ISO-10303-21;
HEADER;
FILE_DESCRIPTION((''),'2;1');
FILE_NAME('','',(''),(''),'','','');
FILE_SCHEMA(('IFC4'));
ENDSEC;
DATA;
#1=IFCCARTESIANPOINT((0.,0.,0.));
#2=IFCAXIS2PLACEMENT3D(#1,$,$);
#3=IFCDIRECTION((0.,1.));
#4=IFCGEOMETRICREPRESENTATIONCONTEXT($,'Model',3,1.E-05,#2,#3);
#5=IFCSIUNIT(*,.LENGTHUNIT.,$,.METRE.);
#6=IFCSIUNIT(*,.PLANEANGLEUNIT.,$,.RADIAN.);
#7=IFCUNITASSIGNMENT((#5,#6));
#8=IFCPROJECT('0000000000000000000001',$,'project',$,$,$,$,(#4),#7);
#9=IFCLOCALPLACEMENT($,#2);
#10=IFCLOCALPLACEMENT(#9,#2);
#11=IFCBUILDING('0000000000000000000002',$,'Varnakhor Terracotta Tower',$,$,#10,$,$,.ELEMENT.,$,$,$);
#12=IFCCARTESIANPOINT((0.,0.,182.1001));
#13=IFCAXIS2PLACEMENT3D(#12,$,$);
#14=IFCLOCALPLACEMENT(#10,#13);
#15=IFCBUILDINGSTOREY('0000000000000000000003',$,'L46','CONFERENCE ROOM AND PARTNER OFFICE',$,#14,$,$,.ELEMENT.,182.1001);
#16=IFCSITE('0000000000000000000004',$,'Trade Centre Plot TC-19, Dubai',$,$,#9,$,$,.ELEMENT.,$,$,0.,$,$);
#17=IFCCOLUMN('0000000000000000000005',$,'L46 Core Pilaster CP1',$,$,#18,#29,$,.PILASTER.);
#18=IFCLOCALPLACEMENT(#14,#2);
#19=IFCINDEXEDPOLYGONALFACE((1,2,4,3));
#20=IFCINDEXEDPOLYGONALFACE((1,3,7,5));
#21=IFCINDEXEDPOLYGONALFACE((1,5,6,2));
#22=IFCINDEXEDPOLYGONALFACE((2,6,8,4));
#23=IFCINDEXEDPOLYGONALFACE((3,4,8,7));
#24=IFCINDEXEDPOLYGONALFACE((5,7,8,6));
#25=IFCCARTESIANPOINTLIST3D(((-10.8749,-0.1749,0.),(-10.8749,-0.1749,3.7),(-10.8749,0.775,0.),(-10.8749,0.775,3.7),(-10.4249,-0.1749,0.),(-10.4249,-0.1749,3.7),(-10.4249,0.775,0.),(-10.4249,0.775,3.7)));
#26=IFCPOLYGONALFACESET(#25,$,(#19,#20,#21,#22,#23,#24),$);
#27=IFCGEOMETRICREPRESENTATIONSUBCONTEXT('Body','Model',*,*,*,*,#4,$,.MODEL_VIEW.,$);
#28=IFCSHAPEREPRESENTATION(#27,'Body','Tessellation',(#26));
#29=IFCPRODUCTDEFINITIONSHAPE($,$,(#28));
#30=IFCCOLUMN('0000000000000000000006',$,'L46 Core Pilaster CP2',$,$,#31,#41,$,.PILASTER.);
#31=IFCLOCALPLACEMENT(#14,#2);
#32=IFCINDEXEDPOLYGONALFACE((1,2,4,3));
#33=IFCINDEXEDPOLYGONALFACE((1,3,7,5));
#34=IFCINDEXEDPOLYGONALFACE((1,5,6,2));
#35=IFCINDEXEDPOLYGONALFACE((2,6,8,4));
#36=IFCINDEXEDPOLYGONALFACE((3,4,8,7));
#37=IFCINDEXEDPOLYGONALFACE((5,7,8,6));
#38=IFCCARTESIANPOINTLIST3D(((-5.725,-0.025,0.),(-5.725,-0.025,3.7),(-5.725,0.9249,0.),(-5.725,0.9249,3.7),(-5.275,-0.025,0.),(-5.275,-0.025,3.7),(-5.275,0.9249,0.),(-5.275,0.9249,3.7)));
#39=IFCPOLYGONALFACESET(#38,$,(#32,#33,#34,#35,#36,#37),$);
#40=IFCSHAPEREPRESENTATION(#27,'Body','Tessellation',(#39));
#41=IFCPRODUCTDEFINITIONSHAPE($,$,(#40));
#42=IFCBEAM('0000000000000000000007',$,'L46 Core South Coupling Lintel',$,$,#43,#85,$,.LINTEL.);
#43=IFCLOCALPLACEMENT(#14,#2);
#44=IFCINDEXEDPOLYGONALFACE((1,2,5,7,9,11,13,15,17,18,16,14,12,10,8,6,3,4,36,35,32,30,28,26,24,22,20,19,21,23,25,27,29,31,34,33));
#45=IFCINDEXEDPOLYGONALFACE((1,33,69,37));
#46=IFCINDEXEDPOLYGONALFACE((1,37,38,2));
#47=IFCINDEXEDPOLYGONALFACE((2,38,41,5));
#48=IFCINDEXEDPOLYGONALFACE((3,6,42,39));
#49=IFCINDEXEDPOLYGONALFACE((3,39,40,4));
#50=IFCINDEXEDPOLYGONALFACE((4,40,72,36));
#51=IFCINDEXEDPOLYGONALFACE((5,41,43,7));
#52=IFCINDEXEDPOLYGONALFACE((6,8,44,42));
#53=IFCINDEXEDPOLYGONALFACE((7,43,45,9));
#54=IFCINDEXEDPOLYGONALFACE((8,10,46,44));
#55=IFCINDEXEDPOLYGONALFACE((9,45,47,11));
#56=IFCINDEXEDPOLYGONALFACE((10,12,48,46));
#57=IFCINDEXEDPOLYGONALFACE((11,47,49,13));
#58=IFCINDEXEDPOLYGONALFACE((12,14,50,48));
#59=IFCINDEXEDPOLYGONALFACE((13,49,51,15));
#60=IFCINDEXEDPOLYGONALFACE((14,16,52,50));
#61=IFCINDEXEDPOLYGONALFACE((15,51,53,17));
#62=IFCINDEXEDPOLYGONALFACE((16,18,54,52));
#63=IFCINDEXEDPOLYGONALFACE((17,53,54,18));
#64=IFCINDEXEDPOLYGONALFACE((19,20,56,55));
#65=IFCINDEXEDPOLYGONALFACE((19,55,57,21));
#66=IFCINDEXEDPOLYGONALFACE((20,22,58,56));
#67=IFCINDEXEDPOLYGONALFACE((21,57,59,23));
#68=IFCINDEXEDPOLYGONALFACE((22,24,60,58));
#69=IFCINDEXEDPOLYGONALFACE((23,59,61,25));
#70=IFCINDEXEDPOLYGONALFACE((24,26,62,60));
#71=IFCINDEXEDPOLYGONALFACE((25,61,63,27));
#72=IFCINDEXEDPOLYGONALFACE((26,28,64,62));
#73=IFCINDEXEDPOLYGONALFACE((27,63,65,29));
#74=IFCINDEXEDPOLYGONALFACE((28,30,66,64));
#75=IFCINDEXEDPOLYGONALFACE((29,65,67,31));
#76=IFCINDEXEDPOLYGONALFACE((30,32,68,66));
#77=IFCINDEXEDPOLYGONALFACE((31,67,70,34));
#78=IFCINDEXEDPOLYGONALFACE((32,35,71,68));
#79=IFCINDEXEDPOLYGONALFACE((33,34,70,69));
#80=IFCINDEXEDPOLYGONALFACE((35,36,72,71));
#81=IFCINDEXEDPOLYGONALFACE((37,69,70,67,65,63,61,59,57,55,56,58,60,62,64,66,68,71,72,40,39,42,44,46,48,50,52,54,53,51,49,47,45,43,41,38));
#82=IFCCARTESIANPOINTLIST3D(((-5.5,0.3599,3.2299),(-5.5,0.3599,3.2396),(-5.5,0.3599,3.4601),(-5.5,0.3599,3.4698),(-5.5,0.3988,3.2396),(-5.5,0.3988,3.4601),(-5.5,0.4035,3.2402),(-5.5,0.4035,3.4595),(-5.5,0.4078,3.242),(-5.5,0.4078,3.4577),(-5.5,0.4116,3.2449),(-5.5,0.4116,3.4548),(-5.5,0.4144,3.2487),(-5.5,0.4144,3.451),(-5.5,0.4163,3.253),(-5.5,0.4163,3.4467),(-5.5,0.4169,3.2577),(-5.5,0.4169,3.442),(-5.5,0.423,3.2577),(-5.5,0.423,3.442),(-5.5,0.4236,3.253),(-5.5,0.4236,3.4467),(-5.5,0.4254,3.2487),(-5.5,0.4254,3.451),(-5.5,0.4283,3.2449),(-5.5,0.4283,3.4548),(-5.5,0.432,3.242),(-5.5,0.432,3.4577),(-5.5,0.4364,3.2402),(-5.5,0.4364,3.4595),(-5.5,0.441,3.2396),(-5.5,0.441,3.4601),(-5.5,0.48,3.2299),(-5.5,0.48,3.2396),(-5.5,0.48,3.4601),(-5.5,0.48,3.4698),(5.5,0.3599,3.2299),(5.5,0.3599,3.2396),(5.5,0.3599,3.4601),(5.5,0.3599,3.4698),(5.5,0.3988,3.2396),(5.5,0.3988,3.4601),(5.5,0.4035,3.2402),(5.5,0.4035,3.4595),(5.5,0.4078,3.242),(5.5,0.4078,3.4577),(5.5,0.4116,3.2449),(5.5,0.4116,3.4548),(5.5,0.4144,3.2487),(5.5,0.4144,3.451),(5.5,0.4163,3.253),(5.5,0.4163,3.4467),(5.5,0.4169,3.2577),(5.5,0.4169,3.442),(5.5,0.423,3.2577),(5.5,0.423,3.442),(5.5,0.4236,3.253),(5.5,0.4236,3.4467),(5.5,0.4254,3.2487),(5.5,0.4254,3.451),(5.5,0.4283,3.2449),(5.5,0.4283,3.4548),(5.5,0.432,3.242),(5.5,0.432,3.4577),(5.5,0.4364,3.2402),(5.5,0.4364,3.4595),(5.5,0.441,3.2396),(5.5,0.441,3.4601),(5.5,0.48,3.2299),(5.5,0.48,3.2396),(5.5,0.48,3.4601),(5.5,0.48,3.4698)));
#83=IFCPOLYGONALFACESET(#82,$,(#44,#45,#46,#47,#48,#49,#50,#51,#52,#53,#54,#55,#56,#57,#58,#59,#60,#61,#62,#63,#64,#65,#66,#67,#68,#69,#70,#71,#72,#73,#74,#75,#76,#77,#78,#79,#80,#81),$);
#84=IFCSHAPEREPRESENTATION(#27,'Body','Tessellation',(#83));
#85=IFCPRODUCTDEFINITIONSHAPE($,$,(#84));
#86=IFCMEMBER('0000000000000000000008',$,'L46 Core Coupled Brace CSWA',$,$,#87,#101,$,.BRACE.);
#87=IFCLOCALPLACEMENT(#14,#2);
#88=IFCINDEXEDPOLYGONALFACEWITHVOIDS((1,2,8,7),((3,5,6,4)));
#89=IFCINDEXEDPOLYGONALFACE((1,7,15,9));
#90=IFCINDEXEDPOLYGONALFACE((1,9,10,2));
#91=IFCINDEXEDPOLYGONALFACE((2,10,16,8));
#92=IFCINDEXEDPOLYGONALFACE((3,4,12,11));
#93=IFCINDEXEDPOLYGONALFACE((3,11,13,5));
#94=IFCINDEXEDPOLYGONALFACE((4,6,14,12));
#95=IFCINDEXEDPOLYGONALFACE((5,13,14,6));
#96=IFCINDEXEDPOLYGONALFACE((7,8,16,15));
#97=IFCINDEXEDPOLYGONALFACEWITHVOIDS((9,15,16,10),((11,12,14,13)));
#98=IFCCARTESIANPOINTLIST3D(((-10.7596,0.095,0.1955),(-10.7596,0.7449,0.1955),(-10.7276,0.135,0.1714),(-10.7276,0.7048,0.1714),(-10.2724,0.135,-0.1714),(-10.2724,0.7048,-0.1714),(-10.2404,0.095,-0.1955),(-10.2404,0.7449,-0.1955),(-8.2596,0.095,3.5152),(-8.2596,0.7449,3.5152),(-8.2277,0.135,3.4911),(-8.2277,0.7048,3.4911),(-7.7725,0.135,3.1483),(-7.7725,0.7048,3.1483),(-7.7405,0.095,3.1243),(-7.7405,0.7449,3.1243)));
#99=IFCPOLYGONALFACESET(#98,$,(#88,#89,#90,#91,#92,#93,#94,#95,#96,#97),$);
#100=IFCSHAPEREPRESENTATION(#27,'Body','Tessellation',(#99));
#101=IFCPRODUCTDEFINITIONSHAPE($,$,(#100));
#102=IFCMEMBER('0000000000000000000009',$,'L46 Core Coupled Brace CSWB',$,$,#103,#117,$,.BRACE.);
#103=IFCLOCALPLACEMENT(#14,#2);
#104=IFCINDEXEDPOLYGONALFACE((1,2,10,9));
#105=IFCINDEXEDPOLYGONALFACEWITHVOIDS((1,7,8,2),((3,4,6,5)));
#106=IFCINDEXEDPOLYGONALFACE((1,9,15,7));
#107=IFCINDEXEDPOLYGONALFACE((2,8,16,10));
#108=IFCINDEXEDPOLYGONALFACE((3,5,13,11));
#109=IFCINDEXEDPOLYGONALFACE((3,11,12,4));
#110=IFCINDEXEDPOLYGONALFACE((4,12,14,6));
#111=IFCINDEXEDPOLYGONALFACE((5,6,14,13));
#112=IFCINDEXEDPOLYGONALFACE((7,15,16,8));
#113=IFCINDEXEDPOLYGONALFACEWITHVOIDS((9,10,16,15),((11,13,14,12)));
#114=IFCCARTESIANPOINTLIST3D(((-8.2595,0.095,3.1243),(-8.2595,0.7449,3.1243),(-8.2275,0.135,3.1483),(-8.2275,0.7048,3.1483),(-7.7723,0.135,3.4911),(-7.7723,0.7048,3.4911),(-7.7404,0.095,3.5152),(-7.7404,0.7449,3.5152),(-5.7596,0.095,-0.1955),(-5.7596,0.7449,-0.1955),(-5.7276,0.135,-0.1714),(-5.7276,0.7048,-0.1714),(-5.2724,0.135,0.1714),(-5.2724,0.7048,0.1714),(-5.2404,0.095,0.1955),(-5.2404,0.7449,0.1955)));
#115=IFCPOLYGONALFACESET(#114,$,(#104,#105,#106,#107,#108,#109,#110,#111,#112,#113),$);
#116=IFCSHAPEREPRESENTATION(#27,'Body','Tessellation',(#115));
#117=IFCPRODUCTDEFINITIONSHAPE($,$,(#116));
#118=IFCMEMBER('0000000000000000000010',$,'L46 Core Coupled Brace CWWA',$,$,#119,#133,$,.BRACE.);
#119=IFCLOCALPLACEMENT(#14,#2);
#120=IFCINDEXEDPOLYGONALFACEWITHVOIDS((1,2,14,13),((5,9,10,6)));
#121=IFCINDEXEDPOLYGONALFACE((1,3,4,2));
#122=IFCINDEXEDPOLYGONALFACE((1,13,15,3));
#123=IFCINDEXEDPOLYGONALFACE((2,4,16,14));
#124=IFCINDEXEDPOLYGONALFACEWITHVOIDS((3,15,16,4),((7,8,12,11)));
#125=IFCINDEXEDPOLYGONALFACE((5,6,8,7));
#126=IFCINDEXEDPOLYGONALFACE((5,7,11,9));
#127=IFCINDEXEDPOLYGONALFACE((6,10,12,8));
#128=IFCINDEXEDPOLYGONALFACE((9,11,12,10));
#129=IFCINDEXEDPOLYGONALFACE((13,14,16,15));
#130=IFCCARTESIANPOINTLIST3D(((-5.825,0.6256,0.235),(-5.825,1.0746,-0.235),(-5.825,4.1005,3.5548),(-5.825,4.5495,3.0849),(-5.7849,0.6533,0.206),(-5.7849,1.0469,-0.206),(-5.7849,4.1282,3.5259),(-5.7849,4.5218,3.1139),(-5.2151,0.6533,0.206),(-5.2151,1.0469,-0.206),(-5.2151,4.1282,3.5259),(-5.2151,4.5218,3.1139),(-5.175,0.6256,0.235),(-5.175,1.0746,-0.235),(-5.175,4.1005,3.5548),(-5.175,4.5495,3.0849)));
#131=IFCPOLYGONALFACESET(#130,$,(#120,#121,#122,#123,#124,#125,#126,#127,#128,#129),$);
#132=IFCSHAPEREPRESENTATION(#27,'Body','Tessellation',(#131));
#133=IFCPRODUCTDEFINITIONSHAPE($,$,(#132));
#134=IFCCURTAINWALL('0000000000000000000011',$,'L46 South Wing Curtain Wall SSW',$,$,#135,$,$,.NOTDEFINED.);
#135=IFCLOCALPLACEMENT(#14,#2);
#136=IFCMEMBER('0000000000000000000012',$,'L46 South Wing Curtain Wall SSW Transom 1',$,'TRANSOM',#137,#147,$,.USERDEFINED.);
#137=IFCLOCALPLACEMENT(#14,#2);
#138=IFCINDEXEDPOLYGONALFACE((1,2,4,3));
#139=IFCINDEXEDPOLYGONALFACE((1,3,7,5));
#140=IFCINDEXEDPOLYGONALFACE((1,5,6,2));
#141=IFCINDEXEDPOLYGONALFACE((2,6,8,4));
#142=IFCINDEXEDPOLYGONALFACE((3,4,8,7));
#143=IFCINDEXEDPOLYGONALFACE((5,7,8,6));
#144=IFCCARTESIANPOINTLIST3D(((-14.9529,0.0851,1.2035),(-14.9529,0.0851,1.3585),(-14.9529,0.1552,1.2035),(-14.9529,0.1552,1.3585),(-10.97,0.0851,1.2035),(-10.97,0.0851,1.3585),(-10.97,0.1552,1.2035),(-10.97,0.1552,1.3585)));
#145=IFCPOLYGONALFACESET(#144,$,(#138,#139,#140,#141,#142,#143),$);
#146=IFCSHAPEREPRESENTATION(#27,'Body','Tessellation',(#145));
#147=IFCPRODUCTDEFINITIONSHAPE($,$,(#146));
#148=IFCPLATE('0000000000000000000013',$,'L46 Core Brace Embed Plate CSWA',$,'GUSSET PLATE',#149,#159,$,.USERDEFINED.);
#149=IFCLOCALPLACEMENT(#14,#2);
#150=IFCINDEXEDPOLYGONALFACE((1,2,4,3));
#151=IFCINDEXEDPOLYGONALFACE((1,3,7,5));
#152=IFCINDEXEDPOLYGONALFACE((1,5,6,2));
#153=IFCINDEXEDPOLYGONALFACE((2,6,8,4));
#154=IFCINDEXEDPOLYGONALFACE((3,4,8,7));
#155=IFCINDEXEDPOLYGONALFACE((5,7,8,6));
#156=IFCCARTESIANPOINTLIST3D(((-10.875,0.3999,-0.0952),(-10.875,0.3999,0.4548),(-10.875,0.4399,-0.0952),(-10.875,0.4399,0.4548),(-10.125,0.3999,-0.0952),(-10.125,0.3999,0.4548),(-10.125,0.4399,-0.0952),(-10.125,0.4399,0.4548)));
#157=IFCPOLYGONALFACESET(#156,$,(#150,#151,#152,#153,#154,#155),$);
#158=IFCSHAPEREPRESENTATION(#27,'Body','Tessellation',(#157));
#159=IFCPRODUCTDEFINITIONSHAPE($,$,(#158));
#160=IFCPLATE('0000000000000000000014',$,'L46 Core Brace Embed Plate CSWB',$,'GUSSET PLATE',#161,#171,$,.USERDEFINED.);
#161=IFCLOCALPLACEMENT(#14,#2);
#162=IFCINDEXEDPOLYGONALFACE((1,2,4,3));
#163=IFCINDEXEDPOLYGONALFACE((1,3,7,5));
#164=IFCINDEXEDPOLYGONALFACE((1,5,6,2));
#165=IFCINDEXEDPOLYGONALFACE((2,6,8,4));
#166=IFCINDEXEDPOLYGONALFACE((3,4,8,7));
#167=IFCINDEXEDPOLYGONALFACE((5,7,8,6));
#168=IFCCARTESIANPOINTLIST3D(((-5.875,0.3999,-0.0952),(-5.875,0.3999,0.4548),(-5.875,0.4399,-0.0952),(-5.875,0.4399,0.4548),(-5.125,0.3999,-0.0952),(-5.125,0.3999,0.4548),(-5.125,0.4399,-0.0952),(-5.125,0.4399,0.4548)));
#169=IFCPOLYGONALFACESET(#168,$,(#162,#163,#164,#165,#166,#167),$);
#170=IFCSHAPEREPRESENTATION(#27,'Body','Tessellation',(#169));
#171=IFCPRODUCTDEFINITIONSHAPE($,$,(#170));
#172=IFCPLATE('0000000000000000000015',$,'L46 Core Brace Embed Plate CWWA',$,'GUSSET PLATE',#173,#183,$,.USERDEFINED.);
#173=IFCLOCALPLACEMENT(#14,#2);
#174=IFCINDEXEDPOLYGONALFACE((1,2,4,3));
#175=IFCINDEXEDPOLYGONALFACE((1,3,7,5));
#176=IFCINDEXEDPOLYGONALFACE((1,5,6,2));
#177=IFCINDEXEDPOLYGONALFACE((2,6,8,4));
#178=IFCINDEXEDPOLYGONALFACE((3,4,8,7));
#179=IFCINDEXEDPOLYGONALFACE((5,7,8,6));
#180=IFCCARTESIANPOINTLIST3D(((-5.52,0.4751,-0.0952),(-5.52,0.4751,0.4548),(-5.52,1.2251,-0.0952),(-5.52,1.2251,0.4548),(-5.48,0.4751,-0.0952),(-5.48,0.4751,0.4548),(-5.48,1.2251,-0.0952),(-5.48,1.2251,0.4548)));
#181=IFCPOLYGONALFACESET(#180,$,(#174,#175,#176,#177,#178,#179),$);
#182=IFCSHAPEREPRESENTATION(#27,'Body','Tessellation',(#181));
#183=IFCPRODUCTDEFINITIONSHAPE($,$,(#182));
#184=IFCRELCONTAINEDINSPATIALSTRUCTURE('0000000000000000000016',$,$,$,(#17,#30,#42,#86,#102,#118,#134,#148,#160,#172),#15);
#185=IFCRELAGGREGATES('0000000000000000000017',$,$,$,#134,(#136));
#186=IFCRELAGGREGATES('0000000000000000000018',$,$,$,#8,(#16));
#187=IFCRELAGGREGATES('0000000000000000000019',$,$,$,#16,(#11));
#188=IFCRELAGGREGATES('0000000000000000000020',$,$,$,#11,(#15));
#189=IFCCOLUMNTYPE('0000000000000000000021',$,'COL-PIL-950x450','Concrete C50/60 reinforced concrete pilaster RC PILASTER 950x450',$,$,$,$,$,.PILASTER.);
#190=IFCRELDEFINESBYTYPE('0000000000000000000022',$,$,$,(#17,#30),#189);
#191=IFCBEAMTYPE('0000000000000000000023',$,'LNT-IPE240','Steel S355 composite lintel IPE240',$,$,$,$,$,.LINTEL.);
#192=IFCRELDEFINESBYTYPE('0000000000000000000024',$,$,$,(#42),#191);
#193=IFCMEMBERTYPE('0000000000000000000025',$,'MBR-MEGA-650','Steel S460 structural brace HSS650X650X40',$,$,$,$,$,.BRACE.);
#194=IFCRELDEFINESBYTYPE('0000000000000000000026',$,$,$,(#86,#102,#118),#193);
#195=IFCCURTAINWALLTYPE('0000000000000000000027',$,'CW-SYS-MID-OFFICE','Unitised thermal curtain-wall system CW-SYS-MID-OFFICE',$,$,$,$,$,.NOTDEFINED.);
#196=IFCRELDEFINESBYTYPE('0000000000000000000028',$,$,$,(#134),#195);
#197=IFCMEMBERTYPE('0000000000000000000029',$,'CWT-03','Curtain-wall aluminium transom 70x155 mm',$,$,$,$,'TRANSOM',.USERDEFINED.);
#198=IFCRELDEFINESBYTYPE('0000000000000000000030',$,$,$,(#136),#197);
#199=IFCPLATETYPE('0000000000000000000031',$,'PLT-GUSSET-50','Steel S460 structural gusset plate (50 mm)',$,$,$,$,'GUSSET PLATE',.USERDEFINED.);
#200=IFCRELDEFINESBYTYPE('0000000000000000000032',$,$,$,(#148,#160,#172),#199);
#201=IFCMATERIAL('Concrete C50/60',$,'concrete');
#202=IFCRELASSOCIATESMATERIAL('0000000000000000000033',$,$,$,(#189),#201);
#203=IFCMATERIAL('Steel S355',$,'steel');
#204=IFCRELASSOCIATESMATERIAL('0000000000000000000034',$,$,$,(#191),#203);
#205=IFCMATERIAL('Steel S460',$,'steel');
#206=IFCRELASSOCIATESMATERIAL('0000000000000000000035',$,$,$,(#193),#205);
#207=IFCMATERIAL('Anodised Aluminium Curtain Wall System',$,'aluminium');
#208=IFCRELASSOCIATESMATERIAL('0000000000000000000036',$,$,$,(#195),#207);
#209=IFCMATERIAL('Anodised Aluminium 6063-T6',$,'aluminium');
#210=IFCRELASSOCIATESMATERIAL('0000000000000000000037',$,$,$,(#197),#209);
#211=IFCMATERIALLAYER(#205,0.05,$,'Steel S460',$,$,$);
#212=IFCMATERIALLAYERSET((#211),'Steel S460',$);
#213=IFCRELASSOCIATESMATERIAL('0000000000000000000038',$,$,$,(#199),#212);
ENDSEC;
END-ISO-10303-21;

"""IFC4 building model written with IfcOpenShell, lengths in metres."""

from ifc_helpers import new_model, si_unit, direction, frame, origin, origin_2d, place, context, subcontext, project, spatial, rectangle, hollow_rectangle, i_section, extrude, source, transform, mapped, material, layer, layer_set, material_profile, profile_set, type_object, type_shapes, element, aggregate, save


model = new_model("IFC4")

# Units and contexts
model_context = context("Model", 3, precision=1e-05, world=origin(), true_north=direction((0.0, 1.0)))
body_context = subcontext(model_context, "Body", "Model", "MODEL_VIEW")
ifc_project = project(units=[si_unit("LENGTHUNIT", "METRE"), si_unit("PLANEANGLEUNIT", "RADIAN")], contexts=[model_context])

# Site, building, storey
site_placement = place(None, origin())
site = spatial("IfcSite", under=ifc_project, at=site_placement, Name="Trade Centre Plot TC-19, Dubai", CompositionType="ELEMENT", RefElevation=0.0)
building_placement = place(site_placement, origin())
building = spatial("IfcBuilding", under=site, at=building_placement, Name="Varnakhor Terracotta Tower", CompositionType="ELEMENT")
storey_placement = place(building_placement, frame((0.0, 0.0, 182.1001)))
storey = spatial("IfcBuildingStorey", under=building, at=storey_placement, Name="L46", Description="CONFERENCE ROOM AND PARTNER OFFICE", CompositionType="ELEMENT", Elevation=182.1001)

# Columns
ifc_material_1 = material(Name="Concrete C50/60", Category="concrete")
ifc_material_profile_1 = material_profile(ifc_material_1, rectangle(XDim=0.45, YDim=0.95, at=origin_2d()), Name="RC PILASTER 950x450")
ifc_profile_set_1 = profile_set([ifc_material_profile_1], Name="Concrete C50/60")
column_type = type_object("IfcColumnType", Name="COL-PIL-950x450", Description="Concrete C50/60 reinforced concrete pilaster RC PILASTER 950x450", PredefinedType="PILASTER", material=ifc_profile_set_1)
shared_shape_1 = source(origin(), body_context, "Body", "SweptSolid", [
    extrude(rectangle(XDim=0.45, YDim=0.95, at=origin_2d()), origin(), (0.0, 0.0, 1.0), 3.7),
])
for number, where, z_axis, x_axis, name in (
    (1, (-10.6499, 0.3, 0.0), (0.0, 0.0, 1.0), (1.0, 0.0, 0.0), "L46 Core Pilaster CP1"),
    (2, (-5.5, 0.45, 0.0), (0.0, 0.0, 1.0), (1.0, 0.0, 0.0), "L46 Core Pilaster CP2"),
):
    element("IfcColumn", number, at=place(storey_placement, frame(where, z_axis=z_axis, x_axis=x_axis)), inside=storey, type_object=column_type, Name=name, PredefinedType="PILASTER", context=body_context, shape_type="MappedRepresentation", body=[
        mapped(shared_shape_1, transform((0.0, 0.0, 0.0), scale=1.0)),
    ])

# Beam
ifc_material_2 = material(Name="Steel S355", Category="steel")
ifc_material_profile_2 = material_profile(ifc_material_2, i_section(OverallWidth=0.1201, OverallDepth=0.24, WebThickness=0.0061, FlangeThickness=0.0098, FilletRadius=0.0181, at=origin_2d()), Name="IPE240")
ifc_profile_set_2 = profile_set([ifc_material_profile_2], Name="Steel S355")
beam_type = type_object("IfcBeamType", Name="LNT-IPE240", Description="Steel S355 composite lintel IPE240", PredefinedType="LINTEL", material=ifc_profile_set_2)
shared_shape_2 = source(origin(), body_context, "Body", "SweptSolid", [
    extrude(i_section(OverallWidth=0.1201, OverallDepth=0.24, WebThickness=0.0061, FlangeThickness=0.0098, FilletRadius=0.0181, at=origin_2d()), origin(), (0.0, 0.0, 1.0), 11.0),
])
type_shapes(beam_type, [shared_shape_2])
beam_placement = place(storey_placement, frame((-5.5, 0.4199, 3.3499), z_axis=(1.0, 0.0, 0.0), x_axis=(0.0, 1.0, 0.0)))
element("IfcBeam", 3, at=beam_placement, inside=storey, type_object=beam_type, Name="L46 Core South Coupling Lintel", PredefinedType="LINTEL", context=body_context, shape_type="MappedRepresentation", body=[
    mapped(shared_shape_2, transform((0.0, 0.0, 0.0), scale=1.0)),
])

# Members
ifc_material_3 = material(Name="Steel S460", Category="steel")
ifc_material_profile_3 = material_profile(ifc_material_3, hollow_rectangle(XDim=0.6499, YDim=0.6499, WallThickness=0.04, at=origin_2d()), Name="HSS650X650X40")
ifc_profile_set_3 = profile_set([ifc_material_profile_3], Name="Steel S460")
member_type_1 = type_object("IfcMemberType", Name="MBR-MEGA-650", Description="Steel S460 structural brace HSS650X650X40", PredefinedType="BRACE", material=ifc_profile_set_3)
shared_shape_3 = source(origin(), body_context, "Body", "SweptSolid", [
    extrude(hollow_rectangle(XDim=0.6499, YDim=0.6499, WallThickness=0.04, at=origin_2d()), origin(), (0.0, 0.0, 1.0), 4.1558),
])
for number, where, z_axis, x_axis, name in (
    (4, (-10.5, 0.4199, 0.0), (0.601559, 0.0, 0.798828), (0.0, 1.0, 0.0), "L46 Core Coupled Brace CSWA"),
    (5, (-5.5, 0.4199, 0.0), (-0.601559, 0.0, 0.798828), (0.0, -1.0, 0.0), "L46 Core Coupled Brace CSWB"),
):
    element("IfcMember", number, at=place(storey_placement, frame(where, z_axis=z_axis, x_axis=x_axis)), inside=storey, type_object=member_type_1, Name=name, PredefinedType="BRACE", context=body_context, shape_type="MappedRepresentation", body=[
        mapped(shared_shape_3, transform((0.0, 0.0, 0.0), scale=1.0)),
    ])
shared_shape_4 = source(origin(), body_context, "Body", "SweptSolid", [
    extrude(hollow_rectangle(XDim=0.6499, YDim=0.6499, WallThickness=0.04, at=origin_2d()), origin(), (0.0, 0.0, 1.0), 4.8059),
])
member_1_placement = place(storey_placement, frame((-5.5, 0.8501, 0.0), z_axis=(0.0, 0.723052, 0.690793), x_axis=(-1.0, 0.0, 0.0)))
element("IfcMember", 6, at=member_1_placement, inside=storey, type_object=member_type_1, Name="L46 Core Coupled Brace CWWA", PredefinedType="BRACE", context=body_context, shape_type="MappedRepresentation", body=[
    mapped(shared_shape_4, transform((0.0, 0.0, 0.0), scale=1.0)),
])

# Curtain wall, member
ifc_material_4 = material(Name="Anodised Aluminium Curtain Wall System", Category="aluminium")
curtain_wall_type = type_object("IfcCurtainWallType", Name="CW-SYS-MID-OFFICE", Description="Unitised thermal curtain-wall system CW-SYS-MID-OFFICE", PredefinedType="NOTDEFINED", material=ifc_material_4)
curtain_wall_placement = place(storey_placement, origin())
curtain_wall = element("IfcCurtainWall", 7, at=curtain_wall_placement, inside=storey, type_object=curtain_wall_type, Name="L46 South Wing Curtain Wall SSW", PredefinedType="NOTDEFINED")
ifc_material_5 = material(Name="Anodised Aluminium 6063-T6", Category="aluminium")
ifc_material_profile_4 = material_profile(ifc_material_5, rectangle(XDim=0.0701, YDim=0.155, at=origin_2d()), Name="ALU TRANSOM 70x155")
ifc_profile_set_4 = profile_set([ifc_material_profile_4], Name="Anodised Aluminium 6063-T6")
member_type_2 = type_object("IfcMemberType", Name="CWT-03", Description="Curtain-wall aluminium transom 70x155 mm", ElementType="TRANSOM", PredefinedType="USERDEFINED", material=ifc_profile_set_4)
shared_shape_5 = source(origin(), body_context, "Body", "SweptSolid", [
    extrude(rectangle(XDim=0.0701, YDim=0.155, at=origin_2d()), origin(), (0.0, 0.0, 1.0), 3.9829),
])
member_2_placement = place(storey_placement, frame((-10.97, 0.1201, 1.281), z_axis=(-1.0, 0.0, 0.0), x_axis=(0.0, -1.0, 0.0)))
member_2 = element("IfcMember", 8, at=member_2_placement, type_object=member_type_2, Name="L46 South Wing Curtain Wall SSW Transom 1", ObjectType="TRANSOM", PredefinedType="USERDEFINED", context=body_context, shape_type="MappedRepresentation", body=[
    mapped(shared_shape_5, transform((0.0, 0.0, 0.0), scale=1.0)),
])
aggregate(curtain_wall, [member_2])

# Plates
ifc_layer_1 = layer(ifc_material_3, 0.05, Name="Steel S460")
ifc_layer_set_1 = layer_set([ifc_layer_1], Name="Steel S460")
plate_type = type_object("IfcPlateType", Name="PLT-GUSSET-50", Description="Steel S460 structural gusset plate (50 mm)", ElementType="GUSSET PLATE", PredefinedType="USERDEFINED", material=ifc_layer_set_1)
shared_shape_6 = source(origin(), body_context, "Body", "SweptSolid", [
    extrude(rectangle(XDim=0.75, YDim=0.04, at=origin_2d()), origin(), (0.0, 0.0, 1.0), 0.55),
])
type_shapes(plate_type, [shared_shape_6])
for number, where, z_axis, x_axis, name in (
    (9, (-10.5, 0.4199, -0.0952), (0.0, 0.0, 1.0), (1.0, 0.0, 0.0), "L46 Core Brace Embed Plate CSWA"),
    (10, (-5.5, 0.4199, -0.0952), (0.0, 0.0, 1.0), (1.0, 0.0, 0.0), "L46 Core Brace Embed Plate CSWB"),
    (11, (-5.5, 0.8501, -0.0952), (0.0, 0.0, 1.0), (0.0, 1.0, 0.0), "L46 Core Brace Embed Plate CWWA"),
):
    element("IfcPlate", number, at=place(storey_placement, frame(where, z_axis=z_axis, x_axis=x_axis)), inside=storey, type_object=plate_type, Name=name, ObjectType="GUSSET PLATE", PredefinedType="USERDEFINED", context=body_context, shape_type="MappedRepresentation", body=[
        mapped(shared_shape_6, transform((0.0, 0.0, 0.0), scale=1.0)),
    ])

save(model, "model.ifc")
